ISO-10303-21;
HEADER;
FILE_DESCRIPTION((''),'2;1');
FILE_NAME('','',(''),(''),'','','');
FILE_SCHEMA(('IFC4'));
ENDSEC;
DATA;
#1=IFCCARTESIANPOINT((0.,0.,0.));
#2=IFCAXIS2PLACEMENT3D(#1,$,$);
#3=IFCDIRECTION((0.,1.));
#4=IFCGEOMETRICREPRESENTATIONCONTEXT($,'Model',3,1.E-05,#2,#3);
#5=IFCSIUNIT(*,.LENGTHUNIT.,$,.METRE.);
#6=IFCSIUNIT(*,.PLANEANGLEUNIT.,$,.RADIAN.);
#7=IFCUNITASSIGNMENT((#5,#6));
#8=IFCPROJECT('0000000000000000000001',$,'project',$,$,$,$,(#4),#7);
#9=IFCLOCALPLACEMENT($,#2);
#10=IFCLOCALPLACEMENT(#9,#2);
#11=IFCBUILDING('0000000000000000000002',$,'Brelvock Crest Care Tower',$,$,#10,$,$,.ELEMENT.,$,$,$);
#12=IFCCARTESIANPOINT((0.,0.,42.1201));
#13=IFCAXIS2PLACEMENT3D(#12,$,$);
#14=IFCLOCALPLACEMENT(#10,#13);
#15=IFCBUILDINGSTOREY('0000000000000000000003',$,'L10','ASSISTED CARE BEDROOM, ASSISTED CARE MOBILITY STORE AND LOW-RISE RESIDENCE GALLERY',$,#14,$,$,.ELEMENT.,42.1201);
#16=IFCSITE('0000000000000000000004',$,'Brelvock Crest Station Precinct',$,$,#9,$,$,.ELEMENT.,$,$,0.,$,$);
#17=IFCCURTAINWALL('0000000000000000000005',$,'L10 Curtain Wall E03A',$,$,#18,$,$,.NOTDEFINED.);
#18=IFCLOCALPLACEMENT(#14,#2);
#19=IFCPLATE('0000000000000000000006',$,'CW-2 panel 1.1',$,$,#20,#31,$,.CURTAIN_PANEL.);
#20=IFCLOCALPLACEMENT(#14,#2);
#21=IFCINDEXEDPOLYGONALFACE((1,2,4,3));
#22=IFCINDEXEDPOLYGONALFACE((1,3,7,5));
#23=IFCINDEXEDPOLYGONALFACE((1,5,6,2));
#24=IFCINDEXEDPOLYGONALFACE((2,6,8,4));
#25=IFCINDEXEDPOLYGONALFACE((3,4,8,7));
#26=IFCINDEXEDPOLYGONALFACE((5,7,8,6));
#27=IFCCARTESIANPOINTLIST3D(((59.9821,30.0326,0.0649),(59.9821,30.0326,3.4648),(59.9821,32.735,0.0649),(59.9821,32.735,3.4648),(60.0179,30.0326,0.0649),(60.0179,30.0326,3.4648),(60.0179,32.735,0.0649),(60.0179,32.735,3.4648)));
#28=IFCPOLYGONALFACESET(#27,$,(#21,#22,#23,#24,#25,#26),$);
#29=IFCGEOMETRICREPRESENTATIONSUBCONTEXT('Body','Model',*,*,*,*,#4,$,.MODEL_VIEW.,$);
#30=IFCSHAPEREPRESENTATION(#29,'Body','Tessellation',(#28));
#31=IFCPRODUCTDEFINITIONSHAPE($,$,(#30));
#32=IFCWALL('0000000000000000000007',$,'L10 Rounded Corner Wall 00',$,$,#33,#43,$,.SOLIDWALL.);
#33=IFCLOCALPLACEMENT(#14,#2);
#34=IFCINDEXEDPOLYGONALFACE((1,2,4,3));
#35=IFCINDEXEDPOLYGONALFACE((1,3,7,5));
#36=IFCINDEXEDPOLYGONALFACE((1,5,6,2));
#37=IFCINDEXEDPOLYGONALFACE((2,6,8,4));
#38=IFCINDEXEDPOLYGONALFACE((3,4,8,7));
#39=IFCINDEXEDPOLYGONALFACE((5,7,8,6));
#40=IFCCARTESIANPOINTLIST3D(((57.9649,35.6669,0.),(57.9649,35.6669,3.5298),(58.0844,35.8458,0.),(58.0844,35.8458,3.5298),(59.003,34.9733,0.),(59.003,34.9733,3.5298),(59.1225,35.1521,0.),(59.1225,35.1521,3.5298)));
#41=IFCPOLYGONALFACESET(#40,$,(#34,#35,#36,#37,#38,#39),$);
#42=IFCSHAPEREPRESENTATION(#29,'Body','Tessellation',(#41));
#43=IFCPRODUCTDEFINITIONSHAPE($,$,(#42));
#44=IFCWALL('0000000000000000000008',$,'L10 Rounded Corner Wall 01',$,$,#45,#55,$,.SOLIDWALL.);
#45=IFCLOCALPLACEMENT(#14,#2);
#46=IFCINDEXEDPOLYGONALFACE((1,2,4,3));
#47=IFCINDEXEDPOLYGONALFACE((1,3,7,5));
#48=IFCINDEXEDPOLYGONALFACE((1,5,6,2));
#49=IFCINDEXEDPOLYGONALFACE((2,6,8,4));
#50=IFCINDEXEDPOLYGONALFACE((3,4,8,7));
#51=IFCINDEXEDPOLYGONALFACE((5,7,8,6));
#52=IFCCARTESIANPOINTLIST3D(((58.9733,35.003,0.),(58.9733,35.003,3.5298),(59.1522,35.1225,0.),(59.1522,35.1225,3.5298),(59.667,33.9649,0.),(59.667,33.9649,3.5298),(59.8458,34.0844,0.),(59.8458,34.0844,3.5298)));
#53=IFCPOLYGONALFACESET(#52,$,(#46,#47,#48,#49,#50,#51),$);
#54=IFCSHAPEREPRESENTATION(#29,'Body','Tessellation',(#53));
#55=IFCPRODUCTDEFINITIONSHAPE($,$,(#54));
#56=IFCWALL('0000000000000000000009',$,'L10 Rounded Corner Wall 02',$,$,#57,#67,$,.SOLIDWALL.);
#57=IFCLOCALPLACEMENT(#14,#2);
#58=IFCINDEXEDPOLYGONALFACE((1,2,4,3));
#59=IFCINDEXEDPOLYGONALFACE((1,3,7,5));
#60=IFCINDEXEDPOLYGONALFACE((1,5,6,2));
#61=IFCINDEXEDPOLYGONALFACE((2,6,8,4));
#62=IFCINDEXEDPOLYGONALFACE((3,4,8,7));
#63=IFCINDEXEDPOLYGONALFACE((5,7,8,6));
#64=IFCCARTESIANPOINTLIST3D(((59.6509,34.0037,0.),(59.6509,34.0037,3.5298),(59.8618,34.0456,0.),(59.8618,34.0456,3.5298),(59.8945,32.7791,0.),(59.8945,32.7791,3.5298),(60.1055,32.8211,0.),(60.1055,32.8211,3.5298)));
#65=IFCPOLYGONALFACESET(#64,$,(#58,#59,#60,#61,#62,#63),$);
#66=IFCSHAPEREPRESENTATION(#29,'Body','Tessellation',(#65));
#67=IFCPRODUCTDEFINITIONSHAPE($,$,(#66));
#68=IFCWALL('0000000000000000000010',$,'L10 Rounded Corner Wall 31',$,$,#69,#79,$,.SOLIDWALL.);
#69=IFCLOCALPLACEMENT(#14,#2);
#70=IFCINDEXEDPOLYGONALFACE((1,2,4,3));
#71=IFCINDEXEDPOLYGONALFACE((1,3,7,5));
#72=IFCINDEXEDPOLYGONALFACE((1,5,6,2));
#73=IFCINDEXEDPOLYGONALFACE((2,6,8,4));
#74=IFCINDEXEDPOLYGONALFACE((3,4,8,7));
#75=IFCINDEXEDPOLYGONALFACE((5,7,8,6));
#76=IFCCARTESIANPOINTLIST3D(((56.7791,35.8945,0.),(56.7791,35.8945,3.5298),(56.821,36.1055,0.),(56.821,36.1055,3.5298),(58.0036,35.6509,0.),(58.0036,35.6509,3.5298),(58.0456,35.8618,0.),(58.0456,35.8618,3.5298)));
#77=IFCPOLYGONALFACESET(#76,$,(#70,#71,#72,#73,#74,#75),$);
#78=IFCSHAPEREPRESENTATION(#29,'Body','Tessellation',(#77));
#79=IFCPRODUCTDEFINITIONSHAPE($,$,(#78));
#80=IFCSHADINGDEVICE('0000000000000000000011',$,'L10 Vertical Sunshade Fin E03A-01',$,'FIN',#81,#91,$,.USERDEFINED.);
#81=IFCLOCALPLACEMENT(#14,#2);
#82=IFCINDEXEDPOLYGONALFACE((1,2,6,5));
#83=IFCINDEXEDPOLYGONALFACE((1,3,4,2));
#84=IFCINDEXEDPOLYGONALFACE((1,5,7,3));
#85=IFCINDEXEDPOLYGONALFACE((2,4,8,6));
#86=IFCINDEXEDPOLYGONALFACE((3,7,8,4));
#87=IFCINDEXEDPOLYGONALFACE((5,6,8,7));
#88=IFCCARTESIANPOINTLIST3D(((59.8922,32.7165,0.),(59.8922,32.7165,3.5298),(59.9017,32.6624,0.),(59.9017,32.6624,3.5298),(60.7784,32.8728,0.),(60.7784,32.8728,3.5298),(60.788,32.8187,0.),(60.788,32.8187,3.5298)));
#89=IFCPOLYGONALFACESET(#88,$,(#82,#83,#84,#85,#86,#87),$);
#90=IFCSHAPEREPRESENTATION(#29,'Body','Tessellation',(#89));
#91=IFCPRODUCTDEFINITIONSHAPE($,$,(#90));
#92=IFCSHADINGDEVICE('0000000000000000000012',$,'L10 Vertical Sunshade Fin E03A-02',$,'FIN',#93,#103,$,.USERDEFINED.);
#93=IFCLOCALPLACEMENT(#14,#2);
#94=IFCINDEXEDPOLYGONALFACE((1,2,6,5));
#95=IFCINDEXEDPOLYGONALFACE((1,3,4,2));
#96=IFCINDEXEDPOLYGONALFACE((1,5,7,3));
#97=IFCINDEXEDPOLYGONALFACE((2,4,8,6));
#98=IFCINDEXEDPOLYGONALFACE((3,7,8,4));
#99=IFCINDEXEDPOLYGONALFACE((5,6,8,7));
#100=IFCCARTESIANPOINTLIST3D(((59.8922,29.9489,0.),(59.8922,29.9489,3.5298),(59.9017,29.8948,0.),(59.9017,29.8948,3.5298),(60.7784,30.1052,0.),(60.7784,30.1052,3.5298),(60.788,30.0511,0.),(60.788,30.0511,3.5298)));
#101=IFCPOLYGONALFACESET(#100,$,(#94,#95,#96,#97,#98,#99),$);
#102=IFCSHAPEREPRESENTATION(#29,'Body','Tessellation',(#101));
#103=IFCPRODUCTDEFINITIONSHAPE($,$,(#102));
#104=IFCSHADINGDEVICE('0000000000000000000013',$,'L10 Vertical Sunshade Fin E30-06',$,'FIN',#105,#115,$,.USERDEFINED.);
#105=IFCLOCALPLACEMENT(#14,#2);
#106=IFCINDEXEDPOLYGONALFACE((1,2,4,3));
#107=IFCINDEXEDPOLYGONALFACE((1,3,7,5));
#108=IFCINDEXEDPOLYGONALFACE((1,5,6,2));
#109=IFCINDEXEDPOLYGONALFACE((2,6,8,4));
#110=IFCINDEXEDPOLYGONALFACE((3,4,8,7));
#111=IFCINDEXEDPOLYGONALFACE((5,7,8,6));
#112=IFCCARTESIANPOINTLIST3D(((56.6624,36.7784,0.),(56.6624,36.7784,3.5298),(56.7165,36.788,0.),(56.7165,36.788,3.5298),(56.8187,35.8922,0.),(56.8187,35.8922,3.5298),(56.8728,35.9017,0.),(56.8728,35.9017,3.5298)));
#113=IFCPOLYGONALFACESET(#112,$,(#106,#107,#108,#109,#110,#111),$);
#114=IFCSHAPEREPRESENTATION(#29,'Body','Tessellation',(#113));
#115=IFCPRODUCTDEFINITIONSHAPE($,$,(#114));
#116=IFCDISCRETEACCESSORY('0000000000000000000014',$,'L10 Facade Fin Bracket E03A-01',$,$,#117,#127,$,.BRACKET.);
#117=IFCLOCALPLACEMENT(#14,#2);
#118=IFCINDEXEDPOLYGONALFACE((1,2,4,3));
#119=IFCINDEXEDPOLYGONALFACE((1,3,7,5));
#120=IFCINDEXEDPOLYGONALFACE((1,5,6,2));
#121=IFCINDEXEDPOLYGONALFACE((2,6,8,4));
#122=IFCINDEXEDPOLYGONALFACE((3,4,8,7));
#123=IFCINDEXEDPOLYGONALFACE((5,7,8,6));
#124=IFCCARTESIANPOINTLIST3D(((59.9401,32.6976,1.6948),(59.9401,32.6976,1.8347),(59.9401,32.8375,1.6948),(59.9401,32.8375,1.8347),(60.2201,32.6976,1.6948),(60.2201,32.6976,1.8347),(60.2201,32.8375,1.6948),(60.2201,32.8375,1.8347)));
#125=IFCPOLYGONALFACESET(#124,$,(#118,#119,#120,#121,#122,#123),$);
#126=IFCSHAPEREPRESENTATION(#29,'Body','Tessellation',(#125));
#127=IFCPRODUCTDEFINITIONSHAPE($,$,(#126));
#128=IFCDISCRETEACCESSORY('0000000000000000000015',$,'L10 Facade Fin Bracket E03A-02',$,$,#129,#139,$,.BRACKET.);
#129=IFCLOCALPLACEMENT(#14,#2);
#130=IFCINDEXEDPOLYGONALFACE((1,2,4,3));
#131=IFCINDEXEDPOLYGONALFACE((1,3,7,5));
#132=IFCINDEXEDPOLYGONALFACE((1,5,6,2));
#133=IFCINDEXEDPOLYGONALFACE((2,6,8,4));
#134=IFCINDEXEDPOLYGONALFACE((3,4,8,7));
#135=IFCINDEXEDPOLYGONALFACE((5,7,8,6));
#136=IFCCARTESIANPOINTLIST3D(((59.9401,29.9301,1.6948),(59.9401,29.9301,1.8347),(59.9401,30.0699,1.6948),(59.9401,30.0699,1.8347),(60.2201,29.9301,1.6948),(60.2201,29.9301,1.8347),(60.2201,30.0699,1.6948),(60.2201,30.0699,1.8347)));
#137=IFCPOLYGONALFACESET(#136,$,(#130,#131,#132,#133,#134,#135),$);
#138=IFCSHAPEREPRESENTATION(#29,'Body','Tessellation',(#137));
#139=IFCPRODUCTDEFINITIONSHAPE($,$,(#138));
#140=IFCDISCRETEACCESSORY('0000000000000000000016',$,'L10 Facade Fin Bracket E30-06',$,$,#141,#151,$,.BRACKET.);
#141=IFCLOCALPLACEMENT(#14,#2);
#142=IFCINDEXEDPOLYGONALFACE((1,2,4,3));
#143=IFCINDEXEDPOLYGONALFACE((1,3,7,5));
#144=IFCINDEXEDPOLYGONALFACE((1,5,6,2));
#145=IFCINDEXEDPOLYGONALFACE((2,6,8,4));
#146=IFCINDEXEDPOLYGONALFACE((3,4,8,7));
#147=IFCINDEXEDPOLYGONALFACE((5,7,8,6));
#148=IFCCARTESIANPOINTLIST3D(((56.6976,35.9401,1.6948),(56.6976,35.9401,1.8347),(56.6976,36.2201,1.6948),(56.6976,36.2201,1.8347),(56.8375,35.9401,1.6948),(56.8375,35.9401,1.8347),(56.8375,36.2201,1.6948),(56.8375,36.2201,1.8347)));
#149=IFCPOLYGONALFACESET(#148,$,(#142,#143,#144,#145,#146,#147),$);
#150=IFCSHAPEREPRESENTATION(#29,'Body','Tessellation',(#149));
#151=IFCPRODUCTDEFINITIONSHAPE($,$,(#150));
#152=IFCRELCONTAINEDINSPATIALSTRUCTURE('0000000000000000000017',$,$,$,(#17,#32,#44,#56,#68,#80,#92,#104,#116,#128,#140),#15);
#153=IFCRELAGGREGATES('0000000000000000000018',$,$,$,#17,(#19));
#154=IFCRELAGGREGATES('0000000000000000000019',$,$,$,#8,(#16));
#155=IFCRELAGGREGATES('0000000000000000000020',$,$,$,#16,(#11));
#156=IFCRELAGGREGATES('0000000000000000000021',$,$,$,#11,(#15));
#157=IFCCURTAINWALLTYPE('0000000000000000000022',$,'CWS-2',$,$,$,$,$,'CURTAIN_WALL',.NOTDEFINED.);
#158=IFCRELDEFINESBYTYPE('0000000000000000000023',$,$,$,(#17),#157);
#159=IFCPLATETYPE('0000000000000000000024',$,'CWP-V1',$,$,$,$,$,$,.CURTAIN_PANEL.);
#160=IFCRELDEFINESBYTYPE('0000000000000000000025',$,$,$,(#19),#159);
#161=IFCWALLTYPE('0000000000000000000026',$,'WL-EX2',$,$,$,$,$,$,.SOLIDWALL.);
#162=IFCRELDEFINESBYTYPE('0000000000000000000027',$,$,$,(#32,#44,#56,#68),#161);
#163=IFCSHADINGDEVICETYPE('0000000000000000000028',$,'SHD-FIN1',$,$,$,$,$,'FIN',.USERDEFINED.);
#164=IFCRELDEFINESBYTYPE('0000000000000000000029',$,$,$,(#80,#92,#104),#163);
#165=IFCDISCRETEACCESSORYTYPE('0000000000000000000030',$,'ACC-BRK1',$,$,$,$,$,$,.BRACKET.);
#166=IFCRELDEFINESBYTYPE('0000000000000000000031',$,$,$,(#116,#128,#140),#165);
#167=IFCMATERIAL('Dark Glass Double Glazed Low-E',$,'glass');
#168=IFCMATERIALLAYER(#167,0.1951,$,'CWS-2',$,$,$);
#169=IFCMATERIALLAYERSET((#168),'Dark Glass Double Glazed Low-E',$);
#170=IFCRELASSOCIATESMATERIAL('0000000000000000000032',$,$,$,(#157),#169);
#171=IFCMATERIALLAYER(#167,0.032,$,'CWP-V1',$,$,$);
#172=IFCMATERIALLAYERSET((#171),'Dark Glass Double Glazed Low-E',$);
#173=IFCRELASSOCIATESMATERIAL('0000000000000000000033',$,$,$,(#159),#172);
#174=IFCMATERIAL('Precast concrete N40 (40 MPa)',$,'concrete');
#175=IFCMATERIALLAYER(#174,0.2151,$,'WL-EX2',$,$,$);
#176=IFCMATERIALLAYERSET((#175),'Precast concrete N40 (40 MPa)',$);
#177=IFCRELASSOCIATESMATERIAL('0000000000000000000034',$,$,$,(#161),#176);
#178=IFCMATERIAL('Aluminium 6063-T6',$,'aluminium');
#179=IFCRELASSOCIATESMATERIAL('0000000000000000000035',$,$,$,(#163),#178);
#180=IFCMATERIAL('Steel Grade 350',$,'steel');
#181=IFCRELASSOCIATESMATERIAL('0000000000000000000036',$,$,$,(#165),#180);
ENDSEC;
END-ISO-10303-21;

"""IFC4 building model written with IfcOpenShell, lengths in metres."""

from ifc_helpers import new_model, si_unit, direction, frame, frame_2d, origin, origin_2d, place, context, subcontext, project, spatial, rectangle, extrude, source, transform, mapped, material, layer, layer_set, material_profile, profile_set, type_object, element, aggregate, save


model = new_model("IFC4")

# Units and contexts
model_context = context("Model", 3, precision=1e-05, world=origin(), true_north=direction((0.0, 1.0)))
body_context = subcontext(model_context, "Body", "Model", "MODEL_VIEW")
ifc_project = project(units=[si_unit("LENGTHUNIT", "METRE"), si_unit("PLANEANGLEUNIT", "RADIAN")], contexts=[model_context])

# Site, building, storey
site_placement = place(None, origin())
site = spatial("IfcSite", under=ifc_project, at=site_placement, Name="Brelvock Crest Station Precinct", CompositionType="ELEMENT", RefElevation=0.0)
building_placement = place(site_placement, origin())
building = spatial("IfcBuilding", under=site, at=building_placement, Name="Brelvock Crest Care Tower", CompositionType="ELEMENT")
storey_placement = place(building_placement, frame((0.0, 0.0, 42.1201)))
storey = spatial("IfcBuildingStorey", under=building, at=storey_placement, Name="L10", Description="ASSISTED CARE BEDROOM, ASSISTED CARE MOBILITY STORE AND LOW-RISE RESIDENCE GALLERY", CompositionType="ELEMENT", Elevation=42.1201)

# Shared definitions
ifc_material_1 = material(Name="Steel Grade 350", Category="steel")

# Curtain wall
ifc_material_2 = material(Name="Dark Glass Double Glazed Low-E", Category="glass")
ifc_layer_1 = layer(ifc_material_2, 0.1951, Name="CWS-2")
ifc_layer_set_1 = layer_set([ifc_layer_1], Name="Dark Glass Double Glazed Low-E")
curtain_wall_type = type_object("IfcCurtainWallType", Name="CWS-2", ElementType="CURTAIN_WALL", PredefinedType="NOTDEFINED", material=ifc_layer_set_1)
curtain_wall_1_placement = place(storey_placement, origin())
curtain_wall_1 = element("IfcCurtainWall", 1, at=curtain_wall_1_placement, inside=storey, type_object=curtain_wall_type, Name="L10 Curtain Wall E03A", PredefinedType="NOTDEFINED")
ifc_material_3 = material(Name="Aluminium 6063-T6", Category="aluminium")

# Plate
ifc_layer_2 = layer(ifc_material_2, 0.032, Name="CWP-V1")
ifc_layer_set_2 = layer_set([ifc_layer_2], Name="Dark Glass Double Glazed Low-E")
plate_type = type_object("IfcPlateType", Name="CWP-V1", PredefinedType="CURTAIN_PANEL", material=ifc_layer_set_2)
shared_shape_1 = source(origin(), body_context, "Body", "SweptSolid", [
    extrude(rectangle(XDim=2.7024, YDim=0.0359, at=origin_2d()), origin(), (0.0, 0.0, 1.0), 3.3999),
])
plate_placement = place(storey_placement, frame((60.0, 31.3838, 0.0649), z_axis=(0.0, 0.0, 1.0), x_axis=(0.0, -1.0, 0.0)))
plate = element("IfcPlate", 2, at=plate_placement, type_object=plate_type, Name="CW-2 panel 1.1", PredefinedType="CURTAIN_PANEL", context=body_context, shape_type="MappedRepresentation", body=[
    mapped(shared_shape_1, transform((0.0, 0.0, 0.0), x_axis=(1.0, 0.0, 0.0), y_axis=(0.0, 1.0, 0.0), z_axis=(0.0, 0.0, 1.0), scale=1.0)),
])
aggregate(curtain_wall_1, [plate])

# Walls
ifc_material_4 = material(Name="Precast concrete N40 (40 MPa)", Category="concrete")
ifc_layer_3 = layer(ifc_material_4, 0.2151, Name="WL-EX2")
ifc_layer_set_3 = layer_set([ifc_layer_3], Name="Precast concrete N40 (40 MPa)")
wall_type = type_object("IfcWallType", Name="WL-EX2", PredefinedType="SOLIDWALL", material=ifc_layer_set_3)
for number, where, z_axis, x_axis, name in (
    (3, (58.0247, 35.7563, 0.0), (0.0, 0.0, 1.0), (0.831478, -0.555557, 0.0), "L10 Rounded Corner Wall 00"),
    (4, (59.0627, 35.0627, 0.0), (0.0, 0.0, 1.0), (0.555557, -0.831478, 0.0), "L10 Rounded Corner Wall 01"),
    (5, (59.7563, 34.0247, 0.0), (0.0, 0.0, 1.0), (0.195138, -0.980776, 0.0), "L10 Rounded Corner Wall 02"),
    (6, (56.8, 36.0, 0.0), (0.0, 0.0, 1.0), (0.980776, -0.195138, 0.0), "L10 Rounded Corner Wall 31"),
):
    element("IfcWall", number, at=place(storey_placement, frame(where, z_axis=z_axis, x_axis=x_axis)), inside=storey, type_object=wall_type, Name=name, PredefinedType="SOLIDWALL", context=body_context, shape_type="SweptSolid", body=[
        extrude(rectangle(XDim=1.2485, YDim=0.2151, at=frame_2d((0.6243, 0.0))), origin(), (0.0, 0.0, 1.0), 3.5298),
    ])

# Shading devices
ifc_material_profile_1 = material_profile(ifc_material_3, rectangle(XDim=0.0549, YDim=0.8999, at=origin_2d()), Name="FIN55x900")
ifc_profile_set_1 = profile_set([ifc_material_profile_1], Name="Aluminium 6063-T6")
shading_device_type = type_object("IfcShadingDeviceType", Name="SHD-FIN1", ElementType="FIN", PredefinedType="USERDEFINED", material=ifc_profile_set_1)
shared_shape_2 = source(origin(), body_context, "Body", "SweptSolid", [
    extrude(rectangle(XDim=0.0549, YDim=0.8999, at=origin_2d()), origin(), (0.0, 0.0, 1.0), 3.5298),
])
for number, where, z_axis, x_axis, name in (
    (7, (60.3401, 32.7676, 0.0), (0.0, 0.0, 1.0), (0.173648, -0.984808, 0.0), "L10 Vertical Sunshade Fin E03A-01"),
    (8, (60.3401, 30.0, 0.0), (0.0, 0.0, 1.0), (0.173648, -0.984808, 0.0), "L10 Vertical Sunshade Fin E03A-02"),
    (9, (56.7676, 36.3401, 0.0), (0.0, 0.0, 1.0), (0.984808, 0.173648, 0.0), "L10 Vertical Sunshade Fin E30-06"),
):
    element("IfcShadingDevice", number, at=place(storey_placement, frame(where, z_axis=z_axis, x_axis=x_axis)), inside=storey, type_object=shading_device_type, Name=name, ObjectType="FIN", PredefinedType="USERDEFINED", context=body_context, shape_type="MappedRepresentation", body=[
        mapped(shared_shape_2, transform((0.0, 0.0, 0.0), x_axis=(1.0, 0.0, 0.0), y_axis=(0.0, 1.0, 0.0), z_axis=(0.0, 0.0, 1.0), scale=1.0)),
    ])

# Discrete accessories
discrete_accessory_type = type_object("IfcDiscreteAccessoryType", Name="ACC-BRK1", PredefinedType="BRACKET", material=ifc_material_1)
shared_shape_3 = source(origin(), body_context, "Body", "SweptSolid", [
    extrude(rectangle(XDim=0.28, YDim=0.1399, at=origin_2d()), origin(), (0.0, 0.0, 1.0), 0.1399),
])
for number, where, z_axis, x_axis, name in (
    (10, (60.0801, 32.7676, 1.6948), (0.0, 0.0, 1.0), (1.0, 0.0, 0.0), "L10 Facade Fin Bracket E03A-01"),
    (11, (60.0801, 30.0, 1.6948), (0.0, 0.0, 1.0), (1.0, 0.0, 0.0), "L10 Facade Fin Bracket E03A-02"),
    (12, (56.7676, 36.0801, 1.6948), (0.0, 0.0, 1.0), (0.0, 1.0, 0.0), "L10 Facade Fin Bracket E30-06"),
):
    element("IfcDiscreteAccessory", number, at=place(storey_placement, frame(where, z_axis=z_axis, x_axis=x_axis)), inside=storey, type_object=discrete_accessory_type, Name=name, PredefinedType="BRACKET", context=body_context, shape_type="MappedRepresentation", body=[
        mapped(shared_shape_3, transform((0.0, 0.0, 0.0), x_axis=(1.0, 0.0, 0.0), y_axis=(0.0, 1.0, 0.0), z_axis=(0.0, 0.0, 1.0), scale=1.0)),
    ])

save(model, "model.ifc")
